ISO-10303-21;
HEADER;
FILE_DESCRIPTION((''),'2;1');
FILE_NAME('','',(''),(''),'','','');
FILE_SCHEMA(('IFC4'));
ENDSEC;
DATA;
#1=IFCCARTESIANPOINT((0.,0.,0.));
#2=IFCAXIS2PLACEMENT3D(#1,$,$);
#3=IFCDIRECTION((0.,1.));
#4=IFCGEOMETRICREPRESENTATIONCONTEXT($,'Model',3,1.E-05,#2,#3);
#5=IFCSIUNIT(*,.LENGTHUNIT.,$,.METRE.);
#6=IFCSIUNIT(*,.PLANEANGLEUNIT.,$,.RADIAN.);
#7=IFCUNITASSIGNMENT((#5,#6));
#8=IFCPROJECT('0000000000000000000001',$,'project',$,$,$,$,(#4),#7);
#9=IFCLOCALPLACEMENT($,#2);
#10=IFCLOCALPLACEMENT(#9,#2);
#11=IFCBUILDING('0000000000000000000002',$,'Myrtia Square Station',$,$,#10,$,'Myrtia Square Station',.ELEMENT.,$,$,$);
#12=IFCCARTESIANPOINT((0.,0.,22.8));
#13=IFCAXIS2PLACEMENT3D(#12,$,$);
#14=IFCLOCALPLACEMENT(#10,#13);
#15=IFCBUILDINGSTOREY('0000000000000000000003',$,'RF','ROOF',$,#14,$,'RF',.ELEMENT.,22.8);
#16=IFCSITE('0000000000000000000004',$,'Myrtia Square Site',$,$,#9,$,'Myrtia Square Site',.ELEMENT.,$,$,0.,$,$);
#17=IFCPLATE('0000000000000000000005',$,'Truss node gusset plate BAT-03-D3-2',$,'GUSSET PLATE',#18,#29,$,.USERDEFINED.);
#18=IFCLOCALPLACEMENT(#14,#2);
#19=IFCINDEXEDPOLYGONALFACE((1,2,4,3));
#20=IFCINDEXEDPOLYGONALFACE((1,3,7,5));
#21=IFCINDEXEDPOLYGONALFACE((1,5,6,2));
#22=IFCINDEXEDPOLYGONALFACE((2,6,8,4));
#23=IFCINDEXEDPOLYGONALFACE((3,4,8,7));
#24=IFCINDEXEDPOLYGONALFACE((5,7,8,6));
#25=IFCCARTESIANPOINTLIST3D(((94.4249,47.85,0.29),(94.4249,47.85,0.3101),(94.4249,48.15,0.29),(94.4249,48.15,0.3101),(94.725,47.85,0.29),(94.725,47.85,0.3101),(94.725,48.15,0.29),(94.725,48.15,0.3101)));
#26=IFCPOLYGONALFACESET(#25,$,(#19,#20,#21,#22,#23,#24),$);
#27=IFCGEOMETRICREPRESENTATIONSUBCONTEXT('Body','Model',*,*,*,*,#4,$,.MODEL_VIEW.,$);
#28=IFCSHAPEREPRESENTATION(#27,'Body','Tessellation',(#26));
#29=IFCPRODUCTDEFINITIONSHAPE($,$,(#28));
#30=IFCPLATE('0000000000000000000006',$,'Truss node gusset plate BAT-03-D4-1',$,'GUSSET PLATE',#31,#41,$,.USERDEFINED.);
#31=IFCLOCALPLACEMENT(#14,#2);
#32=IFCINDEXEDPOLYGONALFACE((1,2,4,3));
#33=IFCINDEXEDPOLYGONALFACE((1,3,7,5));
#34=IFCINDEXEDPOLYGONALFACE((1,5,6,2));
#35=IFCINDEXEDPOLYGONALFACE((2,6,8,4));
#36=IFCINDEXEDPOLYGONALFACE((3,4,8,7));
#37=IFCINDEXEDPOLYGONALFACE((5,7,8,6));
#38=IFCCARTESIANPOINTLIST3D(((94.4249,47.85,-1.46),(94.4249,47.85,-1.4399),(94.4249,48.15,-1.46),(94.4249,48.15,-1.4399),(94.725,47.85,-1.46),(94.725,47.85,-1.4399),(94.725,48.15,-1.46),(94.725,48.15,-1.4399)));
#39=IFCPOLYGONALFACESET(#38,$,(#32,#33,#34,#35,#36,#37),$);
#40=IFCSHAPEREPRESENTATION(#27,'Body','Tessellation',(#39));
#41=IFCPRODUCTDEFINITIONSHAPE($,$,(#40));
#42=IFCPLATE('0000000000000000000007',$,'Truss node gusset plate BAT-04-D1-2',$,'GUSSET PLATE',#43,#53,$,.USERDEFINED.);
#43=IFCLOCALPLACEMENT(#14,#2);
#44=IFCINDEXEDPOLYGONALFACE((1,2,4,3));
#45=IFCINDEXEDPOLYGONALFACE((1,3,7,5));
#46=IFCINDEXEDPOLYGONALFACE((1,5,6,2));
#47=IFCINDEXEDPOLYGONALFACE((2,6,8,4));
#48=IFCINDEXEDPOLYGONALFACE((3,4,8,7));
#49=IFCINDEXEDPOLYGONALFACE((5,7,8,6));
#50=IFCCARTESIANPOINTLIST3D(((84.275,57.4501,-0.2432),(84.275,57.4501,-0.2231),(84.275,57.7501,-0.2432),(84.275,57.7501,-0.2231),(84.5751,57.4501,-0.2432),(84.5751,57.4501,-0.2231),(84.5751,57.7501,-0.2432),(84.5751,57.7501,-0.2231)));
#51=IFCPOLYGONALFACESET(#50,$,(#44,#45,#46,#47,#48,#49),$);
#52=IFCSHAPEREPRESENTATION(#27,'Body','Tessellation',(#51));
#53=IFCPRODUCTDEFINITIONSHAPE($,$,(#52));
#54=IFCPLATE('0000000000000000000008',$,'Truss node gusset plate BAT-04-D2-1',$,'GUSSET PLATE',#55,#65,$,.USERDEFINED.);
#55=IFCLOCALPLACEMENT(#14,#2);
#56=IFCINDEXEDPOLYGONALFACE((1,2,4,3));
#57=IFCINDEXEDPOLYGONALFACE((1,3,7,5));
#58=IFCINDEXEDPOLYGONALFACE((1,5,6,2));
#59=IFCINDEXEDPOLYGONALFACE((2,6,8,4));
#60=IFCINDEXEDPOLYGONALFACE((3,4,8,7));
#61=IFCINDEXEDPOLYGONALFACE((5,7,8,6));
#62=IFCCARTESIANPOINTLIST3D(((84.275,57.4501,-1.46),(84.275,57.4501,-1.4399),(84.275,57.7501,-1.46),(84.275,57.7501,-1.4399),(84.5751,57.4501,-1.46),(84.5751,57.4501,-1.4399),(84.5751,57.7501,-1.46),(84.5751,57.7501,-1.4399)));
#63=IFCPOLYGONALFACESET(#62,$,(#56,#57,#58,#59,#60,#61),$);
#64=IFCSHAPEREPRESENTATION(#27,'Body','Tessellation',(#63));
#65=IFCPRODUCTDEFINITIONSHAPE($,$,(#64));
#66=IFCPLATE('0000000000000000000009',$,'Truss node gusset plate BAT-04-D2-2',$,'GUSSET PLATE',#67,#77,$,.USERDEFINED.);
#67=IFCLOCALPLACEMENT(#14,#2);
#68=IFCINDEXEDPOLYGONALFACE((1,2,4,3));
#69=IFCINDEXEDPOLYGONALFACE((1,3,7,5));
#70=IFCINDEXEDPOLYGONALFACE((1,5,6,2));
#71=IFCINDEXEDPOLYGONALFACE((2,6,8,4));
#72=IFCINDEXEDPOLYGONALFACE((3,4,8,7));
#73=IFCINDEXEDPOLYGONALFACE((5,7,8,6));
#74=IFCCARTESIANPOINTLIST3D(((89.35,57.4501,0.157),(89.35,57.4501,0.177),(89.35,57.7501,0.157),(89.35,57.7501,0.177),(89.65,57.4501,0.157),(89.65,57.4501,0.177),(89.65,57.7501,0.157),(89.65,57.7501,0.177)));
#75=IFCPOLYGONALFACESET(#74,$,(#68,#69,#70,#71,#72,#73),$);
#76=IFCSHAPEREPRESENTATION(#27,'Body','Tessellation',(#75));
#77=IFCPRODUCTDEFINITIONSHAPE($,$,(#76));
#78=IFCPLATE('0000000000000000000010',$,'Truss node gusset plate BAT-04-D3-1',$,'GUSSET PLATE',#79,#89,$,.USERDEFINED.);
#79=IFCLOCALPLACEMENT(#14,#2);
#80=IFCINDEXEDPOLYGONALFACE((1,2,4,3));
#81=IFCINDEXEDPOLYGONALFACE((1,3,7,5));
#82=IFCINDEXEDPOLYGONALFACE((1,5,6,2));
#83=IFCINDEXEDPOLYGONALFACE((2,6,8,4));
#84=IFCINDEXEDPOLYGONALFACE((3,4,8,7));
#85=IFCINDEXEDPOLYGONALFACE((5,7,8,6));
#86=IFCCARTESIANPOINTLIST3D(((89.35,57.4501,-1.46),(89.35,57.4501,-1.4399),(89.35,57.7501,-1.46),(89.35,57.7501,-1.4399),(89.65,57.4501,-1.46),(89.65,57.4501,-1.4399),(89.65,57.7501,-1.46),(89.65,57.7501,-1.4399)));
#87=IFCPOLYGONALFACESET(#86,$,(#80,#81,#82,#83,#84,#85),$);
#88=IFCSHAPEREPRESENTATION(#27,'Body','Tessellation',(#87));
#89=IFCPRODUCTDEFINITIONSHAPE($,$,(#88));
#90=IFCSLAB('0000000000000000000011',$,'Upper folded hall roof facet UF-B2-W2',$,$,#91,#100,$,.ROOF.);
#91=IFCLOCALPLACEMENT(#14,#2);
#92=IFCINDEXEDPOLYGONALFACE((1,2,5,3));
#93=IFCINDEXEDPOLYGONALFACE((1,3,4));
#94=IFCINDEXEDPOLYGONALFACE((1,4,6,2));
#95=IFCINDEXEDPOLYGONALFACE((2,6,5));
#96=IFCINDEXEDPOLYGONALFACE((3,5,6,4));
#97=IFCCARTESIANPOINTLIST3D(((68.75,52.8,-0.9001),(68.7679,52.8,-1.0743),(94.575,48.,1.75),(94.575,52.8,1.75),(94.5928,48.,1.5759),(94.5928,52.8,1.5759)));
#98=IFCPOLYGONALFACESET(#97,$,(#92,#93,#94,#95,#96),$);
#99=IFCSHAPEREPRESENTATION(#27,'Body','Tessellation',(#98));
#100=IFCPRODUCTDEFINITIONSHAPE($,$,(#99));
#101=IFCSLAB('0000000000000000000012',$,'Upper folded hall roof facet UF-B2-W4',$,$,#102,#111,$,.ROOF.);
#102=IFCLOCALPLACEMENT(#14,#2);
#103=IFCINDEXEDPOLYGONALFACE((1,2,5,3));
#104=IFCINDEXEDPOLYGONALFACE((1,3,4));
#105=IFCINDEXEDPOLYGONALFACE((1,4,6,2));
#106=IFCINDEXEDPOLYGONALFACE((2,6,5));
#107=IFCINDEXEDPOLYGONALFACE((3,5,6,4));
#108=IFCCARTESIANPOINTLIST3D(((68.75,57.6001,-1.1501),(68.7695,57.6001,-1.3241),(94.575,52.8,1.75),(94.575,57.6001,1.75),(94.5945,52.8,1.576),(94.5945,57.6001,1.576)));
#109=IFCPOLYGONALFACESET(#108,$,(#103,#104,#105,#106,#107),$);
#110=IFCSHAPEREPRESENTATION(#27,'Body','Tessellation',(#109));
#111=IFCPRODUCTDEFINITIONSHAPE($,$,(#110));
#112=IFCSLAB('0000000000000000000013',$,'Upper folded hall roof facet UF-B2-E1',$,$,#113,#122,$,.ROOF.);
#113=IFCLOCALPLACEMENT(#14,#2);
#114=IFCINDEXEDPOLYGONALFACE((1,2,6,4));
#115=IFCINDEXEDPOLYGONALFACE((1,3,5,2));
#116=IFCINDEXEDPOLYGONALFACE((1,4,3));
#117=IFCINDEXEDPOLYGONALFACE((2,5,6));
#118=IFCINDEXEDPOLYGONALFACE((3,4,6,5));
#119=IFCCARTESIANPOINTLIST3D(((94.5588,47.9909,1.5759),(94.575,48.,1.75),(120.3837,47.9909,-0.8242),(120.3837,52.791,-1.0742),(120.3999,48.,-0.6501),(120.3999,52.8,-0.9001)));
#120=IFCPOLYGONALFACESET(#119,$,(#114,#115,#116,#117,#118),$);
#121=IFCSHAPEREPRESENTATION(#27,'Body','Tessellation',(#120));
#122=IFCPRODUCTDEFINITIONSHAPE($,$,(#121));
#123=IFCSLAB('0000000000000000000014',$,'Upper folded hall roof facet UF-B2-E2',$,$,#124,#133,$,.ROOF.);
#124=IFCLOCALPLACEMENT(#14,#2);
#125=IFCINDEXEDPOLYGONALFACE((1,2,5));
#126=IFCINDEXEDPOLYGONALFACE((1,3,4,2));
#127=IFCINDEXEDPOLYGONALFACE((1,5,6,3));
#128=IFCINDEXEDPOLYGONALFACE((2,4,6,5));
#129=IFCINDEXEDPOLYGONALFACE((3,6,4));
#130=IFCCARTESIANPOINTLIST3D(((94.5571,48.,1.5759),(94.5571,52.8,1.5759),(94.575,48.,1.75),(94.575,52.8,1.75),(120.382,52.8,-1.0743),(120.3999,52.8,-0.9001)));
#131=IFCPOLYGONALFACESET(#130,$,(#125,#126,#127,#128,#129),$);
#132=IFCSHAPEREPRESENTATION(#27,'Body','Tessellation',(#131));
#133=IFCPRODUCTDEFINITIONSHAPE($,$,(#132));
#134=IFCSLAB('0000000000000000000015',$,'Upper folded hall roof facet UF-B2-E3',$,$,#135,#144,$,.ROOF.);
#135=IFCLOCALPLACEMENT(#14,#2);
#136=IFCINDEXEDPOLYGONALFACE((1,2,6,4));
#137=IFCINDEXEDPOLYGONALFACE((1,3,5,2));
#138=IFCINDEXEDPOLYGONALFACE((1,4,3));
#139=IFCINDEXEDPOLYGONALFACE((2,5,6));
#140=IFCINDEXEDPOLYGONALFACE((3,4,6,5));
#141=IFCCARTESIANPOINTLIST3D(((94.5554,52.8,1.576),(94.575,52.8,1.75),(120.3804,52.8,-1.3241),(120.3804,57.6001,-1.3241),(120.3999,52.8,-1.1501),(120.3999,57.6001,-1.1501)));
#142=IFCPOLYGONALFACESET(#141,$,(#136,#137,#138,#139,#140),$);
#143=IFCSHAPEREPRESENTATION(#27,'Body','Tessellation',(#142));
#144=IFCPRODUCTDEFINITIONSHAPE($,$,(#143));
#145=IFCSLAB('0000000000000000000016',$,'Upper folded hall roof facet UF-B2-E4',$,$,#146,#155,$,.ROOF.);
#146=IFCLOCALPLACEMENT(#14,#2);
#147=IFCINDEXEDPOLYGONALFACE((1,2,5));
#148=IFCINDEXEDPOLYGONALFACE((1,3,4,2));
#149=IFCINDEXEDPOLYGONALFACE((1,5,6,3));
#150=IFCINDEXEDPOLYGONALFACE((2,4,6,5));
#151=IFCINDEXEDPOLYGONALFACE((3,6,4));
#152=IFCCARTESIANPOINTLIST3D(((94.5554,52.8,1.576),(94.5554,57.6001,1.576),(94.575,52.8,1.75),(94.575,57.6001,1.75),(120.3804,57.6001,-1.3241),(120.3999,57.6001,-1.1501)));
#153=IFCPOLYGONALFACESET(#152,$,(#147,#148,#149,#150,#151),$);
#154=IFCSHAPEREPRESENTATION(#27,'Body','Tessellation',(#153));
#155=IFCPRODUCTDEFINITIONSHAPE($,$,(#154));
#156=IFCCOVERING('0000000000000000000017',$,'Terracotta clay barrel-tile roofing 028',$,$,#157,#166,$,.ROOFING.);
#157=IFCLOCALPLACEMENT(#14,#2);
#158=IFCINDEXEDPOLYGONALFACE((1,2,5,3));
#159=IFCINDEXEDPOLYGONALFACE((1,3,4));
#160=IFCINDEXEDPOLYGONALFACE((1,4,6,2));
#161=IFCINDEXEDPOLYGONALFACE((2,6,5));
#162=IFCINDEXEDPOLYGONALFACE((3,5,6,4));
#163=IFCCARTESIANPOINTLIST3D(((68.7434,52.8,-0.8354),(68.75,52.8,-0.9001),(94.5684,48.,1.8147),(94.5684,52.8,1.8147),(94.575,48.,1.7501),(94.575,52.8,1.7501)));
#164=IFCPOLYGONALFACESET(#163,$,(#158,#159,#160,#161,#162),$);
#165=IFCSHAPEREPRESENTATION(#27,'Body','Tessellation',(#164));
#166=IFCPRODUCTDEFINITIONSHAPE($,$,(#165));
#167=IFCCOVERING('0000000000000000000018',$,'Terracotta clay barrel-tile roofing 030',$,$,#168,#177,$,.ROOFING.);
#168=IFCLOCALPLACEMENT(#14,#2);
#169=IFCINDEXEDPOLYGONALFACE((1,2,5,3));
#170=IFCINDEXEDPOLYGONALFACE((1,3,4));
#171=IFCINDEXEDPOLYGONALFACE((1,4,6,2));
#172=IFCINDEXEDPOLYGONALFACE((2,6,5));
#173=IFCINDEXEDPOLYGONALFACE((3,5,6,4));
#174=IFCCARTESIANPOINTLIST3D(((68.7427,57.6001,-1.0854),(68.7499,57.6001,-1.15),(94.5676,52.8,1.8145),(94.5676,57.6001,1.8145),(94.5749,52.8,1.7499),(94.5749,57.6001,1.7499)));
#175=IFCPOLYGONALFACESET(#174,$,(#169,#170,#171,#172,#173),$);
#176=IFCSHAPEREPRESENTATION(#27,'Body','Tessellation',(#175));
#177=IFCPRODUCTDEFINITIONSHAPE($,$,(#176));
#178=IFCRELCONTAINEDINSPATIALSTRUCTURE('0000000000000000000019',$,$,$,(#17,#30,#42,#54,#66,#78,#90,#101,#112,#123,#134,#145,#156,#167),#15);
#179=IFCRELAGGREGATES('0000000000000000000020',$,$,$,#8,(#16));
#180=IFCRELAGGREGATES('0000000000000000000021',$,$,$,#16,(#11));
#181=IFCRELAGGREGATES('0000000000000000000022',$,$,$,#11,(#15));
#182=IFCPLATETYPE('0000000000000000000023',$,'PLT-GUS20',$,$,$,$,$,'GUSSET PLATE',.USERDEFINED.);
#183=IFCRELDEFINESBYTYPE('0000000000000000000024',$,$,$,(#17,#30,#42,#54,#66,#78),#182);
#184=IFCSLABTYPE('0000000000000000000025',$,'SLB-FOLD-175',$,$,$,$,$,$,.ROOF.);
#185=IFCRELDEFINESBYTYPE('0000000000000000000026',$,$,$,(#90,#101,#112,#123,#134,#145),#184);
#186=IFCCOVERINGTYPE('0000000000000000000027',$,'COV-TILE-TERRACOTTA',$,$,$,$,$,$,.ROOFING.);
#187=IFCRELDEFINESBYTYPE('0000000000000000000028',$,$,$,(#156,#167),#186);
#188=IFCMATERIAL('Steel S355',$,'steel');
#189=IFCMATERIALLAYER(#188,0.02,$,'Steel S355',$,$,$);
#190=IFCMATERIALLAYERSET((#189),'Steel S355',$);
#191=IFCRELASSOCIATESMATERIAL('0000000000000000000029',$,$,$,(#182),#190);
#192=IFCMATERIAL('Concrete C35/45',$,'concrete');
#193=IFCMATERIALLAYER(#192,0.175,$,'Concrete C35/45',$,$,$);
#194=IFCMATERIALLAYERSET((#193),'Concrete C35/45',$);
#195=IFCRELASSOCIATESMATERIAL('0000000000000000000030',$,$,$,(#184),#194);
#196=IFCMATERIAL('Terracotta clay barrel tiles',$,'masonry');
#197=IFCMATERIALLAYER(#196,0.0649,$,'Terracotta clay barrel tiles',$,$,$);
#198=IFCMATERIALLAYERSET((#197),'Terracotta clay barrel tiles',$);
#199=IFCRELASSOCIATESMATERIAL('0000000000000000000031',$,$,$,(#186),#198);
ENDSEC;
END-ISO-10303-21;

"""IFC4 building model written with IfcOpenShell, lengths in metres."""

from ifc_helpers import new_model, si_unit, direction, frame, origin, origin_2d, place, context, subcontext, project, spatial, polyline, rectangle, outline, extrude, material, layer, layer_set, type_object, element, save


model = new_model("IFC4")

# Units and contexts
model_context = context("Model", 3, precision=1e-05, world=origin(), true_north=direction((0.0, 1.0)))
body_context = subcontext(model_context, "Body", "Model", "MODEL_VIEW")
ifc_project = project(units=[si_unit("LENGTHUNIT", "METRE"), si_unit("PLANEANGLEUNIT", "RADIAN")], contexts=[model_context])

# Site, building, storey
site_placement = place(None, origin())
site = spatial("IfcSite", under=ifc_project, at=site_placement, Name="Myrtia Square Site", LongName="Myrtia Square Site", CompositionType="ELEMENT", RefElevation=0.0)
building_placement = place(site_placement, origin())
building = spatial("IfcBuilding", under=site, at=building_placement, Name="Myrtia Square Station", LongName="Myrtia Square Station", CompositionType="ELEMENT")
storey_placement = place(building_placement, frame((0.0, 0.0, 22.8)))
storey = spatial("IfcBuildingStorey", under=building, at=storey_placement, Name="RF", Description="ROOF", LongName="RF", CompositionType="ELEMENT", Elevation=22.8)

# Shared definitions
ifc_material_1 = material(Name="Steel S355", Category="steel")

# Plates
ifc_layer_1 = layer(ifc_material_1, 0.02, Name="Steel S355")
ifc_layer_set_1 = layer_set([ifc_layer_1], Name="Steel S355")
plate_type_1 = type_object("IfcPlateType", Name="PLT-GUS20", ElementType="GUSSET PLATE", PredefinedType="USERDEFINED", material=ifc_layer_set_1)
for number, where, z_axis, x_axis, name in (
    (1, (94.575, 48.0, 0.29), (0.0, 0.0, 1.0), (1.0, 0.0, 0.0), "Truss node gusset plate BAT-03-D3-2"),
    (2, (94.575, 48.0, -1.46), (0.0, 0.0, 1.0), (1.0, 0.0, 0.0), "Truss node gusset plate BAT-03-D4-1"),
    (3, (84.425, 57.6001, -0.2432), (0.0, 0.0, 1.0), (1.0, 0.0, 0.0), "Truss node gusset plate BAT-04-D1-2"),
    (4, (84.425, 57.6001, -1.46), (0.0, 0.0, 1.0), (1.0, 0.0, 0.0), "Truss node gusset plate BAT-04-D2-1"),
    (5, (89.5, 57.6001, 0.157), (0.0, 0.0, 1.0), (1.0, 0.0, 0.0), "Truss node gusset plate BAT-04-D2-2"),
    (6, (89.5, 57.6001, -1.46), (0.0, 0.0, 1.0), (1.0, 0.0, 0.0), "Truss node gusset plate BAT-04-D3-1"),
):
    element("IfcPlate", number, at=place(storey_placement, frame(where, z_axis=z_axis, x_axis=x_axis)), inside=storey, type_object=plate_type_1, Name=name, ObjectType="GUSSET PLATE", PredefinedType="USERDEFINED", context=body_context, shape_type="SweptSolid", body=[
        extrude(rectangle(XDim=0.3, YDim=0.3, at=origin_2d()), origin(), (0.0, 0.0, 1.0), 0.02),
    ])

# Slabs
ifc_material_2 = material(Name="Concrete C35/45", Category="concrete")
ifc_layer_2 = layer(ifc_material_2, 0.175, Name="Concrete C35/45")
ifc_layer_set_2 = layer_set([ifc_layer_2], Name="Concrete C35/45")
slab_type = type_object("IfcSlabType", Name="SLB-FOLD-175", PredefinedType="ROOF", material=ifc_layer_set_2)
slab_1_placement = place(storey_placement, frame((94.575, 48.0, 1.75), z_axis=(-0.102084, 0.0, 0.994776), x_axis=(0.0, 1.0, 0.0)))
element("IfcSlab", 7, at=slab_1_placement, inside=storey, type_object=slab_type, Name="Upper folded hall roof facet UF-B2-W2", PredefinedType="ROOF", context=body_context, shape_type="SweptSolid", body=[
    extrude(outline(polyline([(0.0, 0.0), (4.8, 0.0), (4.8, 25.9606), (0.0, 0.0)])), origin(), (0.0, 0.0, -1.0), 0.175),
])
slab_2_placement = place(storey_placement, frame((94.575, 52.8, 1.75), z_axis=(-0.111599, 0.0, 0.993753), x_axis=(0.0, 1.0, 0.0)))
element("IfcSlab", 8, at=slab_2_placement, inside=storey, type_object=slab_type, Name="Upper folded hall roof facet UF-B2-W4", PredefinedType="ROOF", context=body_context, shape_type="SweptSolid", body=[
    extrude(outline(polyline([(0.0, 0.0), (4.8, 0.0), (4.8, 25.9873), (0.0, 0.0)])), origin(), (0.0, 0.0, -1.0), 0.175),
])
slab_3_placement = place(storey_placement, frame((94.575, 48.0, 1.75), z_axis=(0.092416, 0.05179, 0.994373), x_axis=(0.995709, 0.0, -0.09254)))
element("IfcSlab", 9, at=slab_3_placement, inside=storey, type_object=slab_type, Name="Upper folded hall roof facet UF-B2-E1", PredefinedType="ROOF", context=body_context, shape_type="SweptSolid", body=[
    extrude(outline(polyline([(0.0, 0.0), (25.9362, 0.0), (25.9594, 4.8065), (0.0, 0.0)])), origin(), (0.0, 0.0, -1.0), 0.175),
])
slab_4_placement = place(storey_placement, frame((94.575, 48.0, 1.75), z_axis=(0.102084, 0.0, 0.994776), x_axis=(0.978195, 0.181816, -0.100382)))
element("IfcSlab", 10, at=slab_4_placement, inside=storey, type_object=slab_type, Name="Upper folded hall roof facet UF-B2-E2", PredefinedType="ROOF", context=body_context, shape_type="SweptSolid", body=[
    extrude(outline(polyline([(0.0, 0.0), (26.4006, 0.0), (0.8727, 4.72), (0.0, 0.0)])), origin(), (0.0, 0.0, -1.0), 0.175),
])
slab_5_placement = place(storey_placement, frame((94.575, 52.8, 1.75), z_axis=(0.111599, 0.0, 0.993753), x_axis=(0.993753, 0.0, -0.111599)))
element("IfcSlab", 11, at=slab_5_placement, inside=storey, type_object=slab_type, Name="Upper folded hall roof facet UF-B2-E3", PredefinedType="ROOF", context=body_context, shape_type="SweptSolid", body=[
    extrude(outline(polyline([(0.0, 0.0), (25.9873, 0.0), (25.9873, 4.8), (0.0, 0.0)])), origin(), (0.0, 0.0, -1.0), 0.175),
])
slab_6_placement = place(storey_placement, frame((94.575, 52.8, 1.75), z_axis=(0.111599, 0.0, 0.993753), x_axis=(0.977223, 0.181635, -0.109742)))
element("IfcSlab", 12, at=slab_6_placement, inside=storey, type_object=slab_type, Name="Upper folded hall roof facet UF-B2-E4", PredefinedType="ROOF", context=body_context, shape_type="SweptSolid", body=[
    extrude(outline(polyline([(0.0, 0.0), (26.4269, 0.0), (0.8719, 4.7202), (0.0, 0.0)])), origin(), (0.0, 0.0, -1.0), 0.175),
])

# Coverings
ifc_material_3 = material(Name="Terracotta clay barrel tiles", Category="masonry")
ifc_layer_3 = layer(ifc_material_3, 0.0649, Name="Terracotta clay barrel tiles")
ifc_layer_set_3 = layer_set([ifc_layer_3], Name="Terracotta clay barrel tiles")
covering_type = type_object("IfcCoveringType", Name="COV-TILE-TERRACOTTA", PredefinedType="ROOFING", material=ifc_layer_set_3)
covering_1_placement = place(storey_placement, frame((94.5684, 48.0, 1.8147), z_axis=(-0.102084, 0.0, 0.994776), x_axis=(0.0, 1.0, 0.0)))
element("IfcCovering", 13, at=covering_1_placement, inside=storey, type_object=covering_type, Name="Terracotta clay barrel-tile roofing 028", PredefinedType="ROOFING", context=body_context, shape_type="SweptSolid", body=[
    extrude(outline(polyline([(0.0, 0.0), (4.8, 0.0), (4.8, 25.9606), (0.0, 0.0)])), origin(), (0.0, 0.0, -1.0), 0.0649),
])
covering_2_placement = place(storey_placement, frame((94.5676, 52.8, 1.8145), z_axis=(-0.111589, 0.0, 0.993754), x_axis=(0.0, 1.0, 0.0)))
element("IfcCovering", 14, at=covering_2_placement, inside=storey, type_object=covering_type, Name="Terracotta clay barrel-tile roofing 030", PredefinedType="ROOFING", context=body_context, shape_type="SweptSolid", body=[
    extrude(outline(polyline([(0.0, 0.0), (4.8, 0.0), (4.8, 25.9873), (0.0, 0.0)])), origin(), (0.0, 0.0, -1.0), 0.0649),
])

save(model, "model.ifc")
